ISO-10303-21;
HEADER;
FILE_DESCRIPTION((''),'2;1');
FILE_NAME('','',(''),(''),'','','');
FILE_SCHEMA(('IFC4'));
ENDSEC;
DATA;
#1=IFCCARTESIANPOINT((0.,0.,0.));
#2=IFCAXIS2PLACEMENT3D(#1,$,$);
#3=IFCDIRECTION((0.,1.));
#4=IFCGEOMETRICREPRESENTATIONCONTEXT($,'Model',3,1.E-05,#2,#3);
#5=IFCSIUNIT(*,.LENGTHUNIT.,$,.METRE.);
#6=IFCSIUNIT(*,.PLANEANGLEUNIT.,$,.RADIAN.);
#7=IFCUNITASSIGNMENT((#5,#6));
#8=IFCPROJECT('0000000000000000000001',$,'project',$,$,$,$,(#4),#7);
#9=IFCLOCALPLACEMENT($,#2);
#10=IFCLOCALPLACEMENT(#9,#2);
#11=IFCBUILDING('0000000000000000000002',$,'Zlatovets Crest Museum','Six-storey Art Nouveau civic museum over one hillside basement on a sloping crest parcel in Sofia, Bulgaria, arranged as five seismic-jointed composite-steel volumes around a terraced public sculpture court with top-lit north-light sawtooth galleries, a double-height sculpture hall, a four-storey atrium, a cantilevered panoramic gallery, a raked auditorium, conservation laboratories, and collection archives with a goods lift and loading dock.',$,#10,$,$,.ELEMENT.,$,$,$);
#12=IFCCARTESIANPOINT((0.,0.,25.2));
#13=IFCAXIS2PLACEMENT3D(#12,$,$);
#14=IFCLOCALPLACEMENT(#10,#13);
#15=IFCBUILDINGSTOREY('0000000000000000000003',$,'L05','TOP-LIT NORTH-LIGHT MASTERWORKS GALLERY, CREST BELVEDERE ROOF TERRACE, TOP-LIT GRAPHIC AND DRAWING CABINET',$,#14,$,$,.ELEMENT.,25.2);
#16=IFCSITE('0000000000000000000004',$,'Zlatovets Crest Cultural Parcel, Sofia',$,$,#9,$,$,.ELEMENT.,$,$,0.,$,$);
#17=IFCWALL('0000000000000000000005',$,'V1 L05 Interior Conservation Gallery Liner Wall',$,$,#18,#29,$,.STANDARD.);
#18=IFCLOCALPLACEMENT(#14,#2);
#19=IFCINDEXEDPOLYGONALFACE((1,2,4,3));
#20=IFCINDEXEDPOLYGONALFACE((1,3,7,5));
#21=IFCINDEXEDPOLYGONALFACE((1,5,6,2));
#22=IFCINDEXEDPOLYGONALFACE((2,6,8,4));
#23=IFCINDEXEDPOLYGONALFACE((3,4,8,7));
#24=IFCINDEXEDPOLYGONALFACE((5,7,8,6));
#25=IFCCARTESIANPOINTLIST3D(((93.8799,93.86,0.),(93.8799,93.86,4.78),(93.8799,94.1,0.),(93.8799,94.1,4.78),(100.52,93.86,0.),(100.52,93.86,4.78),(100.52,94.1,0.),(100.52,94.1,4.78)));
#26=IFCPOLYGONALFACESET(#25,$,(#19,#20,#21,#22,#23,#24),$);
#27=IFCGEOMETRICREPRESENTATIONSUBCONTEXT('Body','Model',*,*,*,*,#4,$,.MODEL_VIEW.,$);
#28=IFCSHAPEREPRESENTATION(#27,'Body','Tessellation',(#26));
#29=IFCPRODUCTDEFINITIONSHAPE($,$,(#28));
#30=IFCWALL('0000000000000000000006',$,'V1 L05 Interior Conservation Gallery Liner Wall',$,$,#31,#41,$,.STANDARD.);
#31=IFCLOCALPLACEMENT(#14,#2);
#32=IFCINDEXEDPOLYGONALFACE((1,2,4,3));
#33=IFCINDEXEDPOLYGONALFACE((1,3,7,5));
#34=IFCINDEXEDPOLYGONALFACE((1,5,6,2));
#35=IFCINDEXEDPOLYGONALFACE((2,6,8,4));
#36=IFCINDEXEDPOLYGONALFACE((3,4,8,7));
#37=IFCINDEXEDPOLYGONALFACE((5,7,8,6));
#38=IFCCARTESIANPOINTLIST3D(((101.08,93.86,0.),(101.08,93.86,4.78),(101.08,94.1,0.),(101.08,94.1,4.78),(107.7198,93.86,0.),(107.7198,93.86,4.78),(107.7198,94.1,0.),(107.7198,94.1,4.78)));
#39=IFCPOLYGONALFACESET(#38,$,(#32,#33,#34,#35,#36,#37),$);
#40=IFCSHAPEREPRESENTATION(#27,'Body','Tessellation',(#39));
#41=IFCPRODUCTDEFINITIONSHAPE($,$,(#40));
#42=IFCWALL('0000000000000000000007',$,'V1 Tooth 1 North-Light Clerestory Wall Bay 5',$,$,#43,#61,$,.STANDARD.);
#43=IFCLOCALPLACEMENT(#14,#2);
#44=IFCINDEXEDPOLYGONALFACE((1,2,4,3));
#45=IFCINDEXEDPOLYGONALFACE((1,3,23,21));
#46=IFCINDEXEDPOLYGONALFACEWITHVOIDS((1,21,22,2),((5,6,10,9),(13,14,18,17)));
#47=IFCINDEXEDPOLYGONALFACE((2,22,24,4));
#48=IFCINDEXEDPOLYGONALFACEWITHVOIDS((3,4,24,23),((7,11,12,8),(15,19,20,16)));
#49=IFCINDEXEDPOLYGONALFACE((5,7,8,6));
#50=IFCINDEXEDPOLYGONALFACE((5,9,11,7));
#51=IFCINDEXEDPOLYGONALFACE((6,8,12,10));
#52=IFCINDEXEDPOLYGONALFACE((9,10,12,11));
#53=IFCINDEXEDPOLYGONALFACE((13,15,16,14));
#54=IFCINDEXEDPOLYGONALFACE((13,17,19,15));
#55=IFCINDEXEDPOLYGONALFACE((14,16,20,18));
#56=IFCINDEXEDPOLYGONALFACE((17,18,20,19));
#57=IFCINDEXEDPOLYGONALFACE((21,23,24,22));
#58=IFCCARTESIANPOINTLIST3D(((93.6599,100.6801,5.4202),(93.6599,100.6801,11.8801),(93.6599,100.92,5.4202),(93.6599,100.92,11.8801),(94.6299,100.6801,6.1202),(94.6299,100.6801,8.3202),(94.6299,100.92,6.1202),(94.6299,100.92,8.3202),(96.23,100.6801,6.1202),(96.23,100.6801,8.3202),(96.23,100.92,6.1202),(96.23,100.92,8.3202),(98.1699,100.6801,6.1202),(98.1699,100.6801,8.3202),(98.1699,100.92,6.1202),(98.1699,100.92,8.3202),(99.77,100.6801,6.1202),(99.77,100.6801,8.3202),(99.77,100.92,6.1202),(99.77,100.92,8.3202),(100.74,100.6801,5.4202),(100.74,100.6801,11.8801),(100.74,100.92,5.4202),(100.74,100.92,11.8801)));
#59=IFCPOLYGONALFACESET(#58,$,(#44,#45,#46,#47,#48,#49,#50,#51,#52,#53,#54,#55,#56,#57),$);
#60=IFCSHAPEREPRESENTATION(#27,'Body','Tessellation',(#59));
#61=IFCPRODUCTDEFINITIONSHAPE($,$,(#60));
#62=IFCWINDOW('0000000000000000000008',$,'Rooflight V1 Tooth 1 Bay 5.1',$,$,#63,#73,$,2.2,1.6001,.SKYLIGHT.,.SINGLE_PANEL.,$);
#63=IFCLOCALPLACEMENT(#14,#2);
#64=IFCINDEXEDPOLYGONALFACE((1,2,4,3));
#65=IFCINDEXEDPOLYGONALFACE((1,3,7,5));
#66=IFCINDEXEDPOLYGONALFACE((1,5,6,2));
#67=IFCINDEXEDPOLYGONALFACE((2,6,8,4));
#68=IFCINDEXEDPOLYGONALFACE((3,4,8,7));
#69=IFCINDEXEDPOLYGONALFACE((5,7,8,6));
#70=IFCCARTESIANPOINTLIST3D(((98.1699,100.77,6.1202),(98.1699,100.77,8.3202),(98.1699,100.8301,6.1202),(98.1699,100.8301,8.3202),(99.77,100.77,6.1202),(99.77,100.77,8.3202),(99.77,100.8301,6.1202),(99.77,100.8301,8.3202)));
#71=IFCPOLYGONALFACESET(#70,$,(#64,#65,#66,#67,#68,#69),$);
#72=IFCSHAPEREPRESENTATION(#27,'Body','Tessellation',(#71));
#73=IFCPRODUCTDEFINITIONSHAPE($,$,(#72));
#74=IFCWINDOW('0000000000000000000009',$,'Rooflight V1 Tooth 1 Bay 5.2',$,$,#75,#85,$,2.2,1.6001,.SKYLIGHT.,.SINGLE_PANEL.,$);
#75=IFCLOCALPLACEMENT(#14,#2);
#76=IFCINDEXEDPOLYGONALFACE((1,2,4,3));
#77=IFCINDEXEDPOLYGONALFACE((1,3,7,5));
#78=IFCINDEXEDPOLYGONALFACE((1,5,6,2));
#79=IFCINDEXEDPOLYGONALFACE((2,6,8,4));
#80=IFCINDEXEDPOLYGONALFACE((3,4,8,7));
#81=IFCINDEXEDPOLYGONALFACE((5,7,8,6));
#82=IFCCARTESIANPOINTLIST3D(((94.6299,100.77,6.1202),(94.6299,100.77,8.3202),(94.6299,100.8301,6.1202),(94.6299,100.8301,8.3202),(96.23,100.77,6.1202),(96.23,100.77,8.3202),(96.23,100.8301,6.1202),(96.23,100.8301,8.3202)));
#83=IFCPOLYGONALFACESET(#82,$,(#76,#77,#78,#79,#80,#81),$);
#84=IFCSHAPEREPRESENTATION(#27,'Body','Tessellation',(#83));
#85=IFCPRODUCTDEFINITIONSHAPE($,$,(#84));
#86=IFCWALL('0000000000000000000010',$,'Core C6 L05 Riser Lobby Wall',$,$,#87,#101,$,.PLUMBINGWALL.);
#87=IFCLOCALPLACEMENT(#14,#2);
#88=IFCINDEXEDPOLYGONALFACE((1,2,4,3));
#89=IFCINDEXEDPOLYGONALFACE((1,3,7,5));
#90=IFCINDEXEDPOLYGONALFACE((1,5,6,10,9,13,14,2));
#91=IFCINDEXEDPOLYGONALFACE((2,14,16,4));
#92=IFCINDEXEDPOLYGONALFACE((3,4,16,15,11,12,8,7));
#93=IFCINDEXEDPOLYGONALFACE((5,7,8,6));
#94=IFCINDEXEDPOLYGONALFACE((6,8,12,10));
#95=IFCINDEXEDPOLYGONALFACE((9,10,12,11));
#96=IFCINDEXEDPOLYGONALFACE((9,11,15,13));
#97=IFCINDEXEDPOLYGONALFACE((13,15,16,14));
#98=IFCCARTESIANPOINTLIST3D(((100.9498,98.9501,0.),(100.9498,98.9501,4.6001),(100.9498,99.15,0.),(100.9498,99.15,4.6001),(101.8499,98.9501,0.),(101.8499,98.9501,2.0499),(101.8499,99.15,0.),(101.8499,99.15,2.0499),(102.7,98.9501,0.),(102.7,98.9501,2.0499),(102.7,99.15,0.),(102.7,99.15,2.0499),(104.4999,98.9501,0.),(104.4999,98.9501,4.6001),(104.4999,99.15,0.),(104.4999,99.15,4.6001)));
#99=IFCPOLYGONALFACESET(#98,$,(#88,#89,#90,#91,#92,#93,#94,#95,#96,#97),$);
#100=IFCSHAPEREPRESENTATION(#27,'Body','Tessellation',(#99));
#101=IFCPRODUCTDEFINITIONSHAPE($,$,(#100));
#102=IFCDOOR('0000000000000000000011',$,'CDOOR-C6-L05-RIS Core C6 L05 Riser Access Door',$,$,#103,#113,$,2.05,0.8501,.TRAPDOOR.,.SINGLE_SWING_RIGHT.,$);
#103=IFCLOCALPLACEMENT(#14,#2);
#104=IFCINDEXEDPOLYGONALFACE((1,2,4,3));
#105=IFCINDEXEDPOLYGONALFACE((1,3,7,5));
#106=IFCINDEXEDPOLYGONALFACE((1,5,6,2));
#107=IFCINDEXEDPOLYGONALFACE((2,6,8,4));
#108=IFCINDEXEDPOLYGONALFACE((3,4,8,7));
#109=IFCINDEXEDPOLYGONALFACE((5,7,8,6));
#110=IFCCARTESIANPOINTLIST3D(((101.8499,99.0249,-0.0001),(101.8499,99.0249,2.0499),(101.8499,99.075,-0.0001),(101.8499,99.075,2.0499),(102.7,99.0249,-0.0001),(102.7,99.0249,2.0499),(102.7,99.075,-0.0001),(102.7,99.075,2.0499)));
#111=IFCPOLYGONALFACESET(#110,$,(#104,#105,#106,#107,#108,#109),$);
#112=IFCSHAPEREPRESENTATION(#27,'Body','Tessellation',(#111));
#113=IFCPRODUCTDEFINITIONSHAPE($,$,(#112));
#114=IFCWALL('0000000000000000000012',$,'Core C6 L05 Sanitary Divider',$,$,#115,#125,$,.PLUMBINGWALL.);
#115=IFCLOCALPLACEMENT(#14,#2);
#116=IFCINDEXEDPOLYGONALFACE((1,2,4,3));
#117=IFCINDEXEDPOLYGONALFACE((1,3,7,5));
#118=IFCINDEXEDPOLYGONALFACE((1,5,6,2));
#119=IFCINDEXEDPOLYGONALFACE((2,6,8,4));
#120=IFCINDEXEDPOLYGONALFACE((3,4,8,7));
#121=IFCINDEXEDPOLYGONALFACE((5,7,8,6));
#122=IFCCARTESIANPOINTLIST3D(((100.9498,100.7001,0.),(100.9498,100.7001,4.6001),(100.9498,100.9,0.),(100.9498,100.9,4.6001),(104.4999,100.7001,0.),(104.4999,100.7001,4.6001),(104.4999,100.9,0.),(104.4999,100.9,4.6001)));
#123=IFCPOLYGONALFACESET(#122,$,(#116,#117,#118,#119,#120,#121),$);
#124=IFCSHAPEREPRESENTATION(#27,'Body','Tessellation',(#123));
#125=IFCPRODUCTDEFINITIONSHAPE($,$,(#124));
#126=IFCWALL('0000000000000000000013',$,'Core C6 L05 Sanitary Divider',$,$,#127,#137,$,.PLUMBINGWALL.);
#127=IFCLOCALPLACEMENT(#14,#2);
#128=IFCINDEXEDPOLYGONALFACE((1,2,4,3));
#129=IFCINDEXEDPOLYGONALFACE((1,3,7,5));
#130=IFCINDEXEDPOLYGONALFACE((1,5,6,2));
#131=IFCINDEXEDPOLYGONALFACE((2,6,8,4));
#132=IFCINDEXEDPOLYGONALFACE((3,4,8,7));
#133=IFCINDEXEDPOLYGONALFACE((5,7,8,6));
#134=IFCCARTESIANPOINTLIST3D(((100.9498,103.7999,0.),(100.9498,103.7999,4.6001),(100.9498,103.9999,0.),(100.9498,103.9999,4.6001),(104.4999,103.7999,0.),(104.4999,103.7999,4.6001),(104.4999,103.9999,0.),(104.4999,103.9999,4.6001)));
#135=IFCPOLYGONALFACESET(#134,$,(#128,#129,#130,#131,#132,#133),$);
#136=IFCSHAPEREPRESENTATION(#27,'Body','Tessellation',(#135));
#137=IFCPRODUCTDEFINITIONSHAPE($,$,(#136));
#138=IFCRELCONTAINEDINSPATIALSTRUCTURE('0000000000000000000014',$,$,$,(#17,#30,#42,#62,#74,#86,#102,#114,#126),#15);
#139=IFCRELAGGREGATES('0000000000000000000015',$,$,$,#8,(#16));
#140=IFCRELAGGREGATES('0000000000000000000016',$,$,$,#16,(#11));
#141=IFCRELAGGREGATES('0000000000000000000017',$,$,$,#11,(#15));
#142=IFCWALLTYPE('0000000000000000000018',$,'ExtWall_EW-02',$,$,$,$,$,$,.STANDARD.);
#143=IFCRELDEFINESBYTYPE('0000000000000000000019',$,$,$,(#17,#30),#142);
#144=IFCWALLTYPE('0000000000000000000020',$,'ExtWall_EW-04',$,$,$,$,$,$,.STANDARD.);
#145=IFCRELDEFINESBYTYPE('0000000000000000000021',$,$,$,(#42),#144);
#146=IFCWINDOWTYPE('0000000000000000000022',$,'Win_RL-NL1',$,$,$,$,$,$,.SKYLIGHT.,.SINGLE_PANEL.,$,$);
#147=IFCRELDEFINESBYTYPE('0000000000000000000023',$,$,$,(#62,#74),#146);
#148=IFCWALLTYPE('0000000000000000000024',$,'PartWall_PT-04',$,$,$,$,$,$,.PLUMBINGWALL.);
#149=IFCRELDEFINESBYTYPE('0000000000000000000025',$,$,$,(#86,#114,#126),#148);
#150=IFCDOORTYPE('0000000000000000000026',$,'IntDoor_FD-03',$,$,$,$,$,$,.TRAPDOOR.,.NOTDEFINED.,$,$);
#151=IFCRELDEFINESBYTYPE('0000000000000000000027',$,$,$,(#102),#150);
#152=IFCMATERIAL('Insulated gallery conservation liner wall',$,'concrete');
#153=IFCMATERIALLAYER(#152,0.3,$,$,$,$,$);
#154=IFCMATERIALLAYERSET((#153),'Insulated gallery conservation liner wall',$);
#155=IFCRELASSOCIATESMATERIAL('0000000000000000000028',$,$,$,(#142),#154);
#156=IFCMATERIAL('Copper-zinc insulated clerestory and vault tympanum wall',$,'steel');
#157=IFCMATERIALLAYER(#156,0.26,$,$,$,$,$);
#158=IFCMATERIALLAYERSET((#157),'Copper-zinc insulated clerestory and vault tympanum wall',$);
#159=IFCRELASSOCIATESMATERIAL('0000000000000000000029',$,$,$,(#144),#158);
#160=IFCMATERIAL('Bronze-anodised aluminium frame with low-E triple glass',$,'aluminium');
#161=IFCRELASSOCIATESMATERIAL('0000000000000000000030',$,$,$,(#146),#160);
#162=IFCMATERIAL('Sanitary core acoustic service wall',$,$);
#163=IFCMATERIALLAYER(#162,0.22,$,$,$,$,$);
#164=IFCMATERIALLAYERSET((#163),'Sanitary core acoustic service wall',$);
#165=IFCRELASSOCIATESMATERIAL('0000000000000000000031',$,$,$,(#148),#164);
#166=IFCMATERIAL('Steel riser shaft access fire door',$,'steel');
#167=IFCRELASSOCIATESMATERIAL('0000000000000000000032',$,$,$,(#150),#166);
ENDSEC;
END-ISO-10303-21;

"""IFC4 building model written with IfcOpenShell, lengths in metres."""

from ifc_helpers import new_model, si_unit, direction, frame, frame_2d, origin, place, context, subcontext, project, spatial, rectangle, extrude, material, layer, layer_set, type_object, element, fill, save


model = new_model("IFC4")

# Units and contexts
model_context = context("Model", 3, precision=1e-05, world=origin(), true_north=direction((0.0, 1.0)))
body_context = subcontext(model_context, "Body", "Model", "MODEL_VIEW")
ifc_project = project(units=[si_unit("LENGTHUNIT", "METRE"), si_unit("PLANEANGLEUNIT", "RADIAN")], contexts=[model_context])

# Site, building, storey
site_placement = place(None, origin())
site = spatial("IfcSite", under=ifc_project, at=site_placement, Name="Zlatovets Crest Cultural Parcel, Sofia", CompositionType="ELEMENT", RefElevation=0.0)
building_placement = place(site_placement, origin())
building = spatial("IfcBuilding", under=site, at=building_placement, Name="Zlatovets Crest Museum", Description="Six-storey Art Nouveau civic museum over one hillside basement on a sloping crest parcel in Sofia, Bulgaria, arranged as five seismic-jointed composite-steel volumes around a terraced public sculpture court with top-lit north-light sawtooth galleries, a double-height sculpture hall, a four-storey atrium, a cantilevered panoramic gallery, a raked auditorium, conservation laboratories, and collection archives with a goods lift and loading dock.", CompositionType="ELEMENT")
storey_placement = place(building_placement, frame((0.0, 0.0, 25.2)))
storey = spatial("IfcBuildingStorey", under=building, at=storey_placement, Name="L05", Description="TOP-LIT NORTH-LIGHT MASTERWORKS GALLERY, CREST BELVEDERE ROOF TERRACE, TOP-LIT GRAPHIC AND DRAWING CABINET", CompositionType="ELEMENT", Elevation=25.2)

# Walls
ifc_material_1 = material(Name="Insulated gallery conservation liner wall", Category="concrete")
ifc_layer_1 = layer(ifc_material_1, 0.3)
ifc_layer_set_1 = layer_set([ifc_layer_1], Name="Insulated gallery conservation liner wall")
wall_type_1 = type_object("IfcWallType", Name="ExtWall_EW-02", PredefinedType="STANDARD", material=ifc_layer_set_1)
wall_1_placement = place(storey_placement, frame((93.8799, 93.98, 0.0), z_axis=(0.0, 0.0, 1.0), x_axis=(1.0, 0.0, 0.0)))
element("IfcWall", 1, at=wall_1_placement, inside=storey, type_object=wall_type_1, Name="V1 L05 Interior Conservation Gallery Liner Wall", PredefinedType="STANDARD", context=body_context, shape_type="SweptSolid", body=[
    extrude(rectangle(XDim=6.6401, YDim=0.24, at=frame_2d((3.3201, 0.0))), origin(), (0.0, 0.0, 1.0), 4.78),
])
wall_2_placement = place(storey_placement, frame((101.0801, 93.98, 0.0), z_axis=(0.0, 0.0, 1.0), x_axis=(1.0, 0.0, 0.0)))
element("IfcWall", 2, at=wall_2_placement, inside=storey, type_object=wall_type_1, Name="V1 L05 Interior Conservation Gallery Liner Wall", PredefinedType="STANDARD", context=body_context, shape_type="SweptSolid", body=[
    extrude(rectangle(XDim=6.6399, YDim=0.24, at=frame_2d((3.3198, 0.0))), origin(), (0.0, 0.0, 1.0), 4.78),
])

# Wall, openings, windows
ifc_material_2 = material(Name="Copper-zinc insulated clerestory and vault tympanum wall", Category="steel")
ifc_layer_2 = layer(ifc_material_2, 0.26)
ifc_layer_set_2 = layer_set([ifc_layer_2], Name="Copper-zinc insulated clerestory and vault tympanum wall")
wall_type_2 = type_object("IfcWallType", Name="ExtWall_EW-04", PredefinedType="STANDARD", material=ifc_layer_set_2)
wall_3_placement = place(storey_placement, frame((100.74, 100.8, 5.4202), z_axis=(0.0, 0.0, 1.0), x_axis=(-1.0, 0.0, 0.0)))
wall_3 = element("IfcWall", 3, at=wall_3_placement, inside=storey, type_object=wall_type_2, Name="V1 Tooth 1 North-Light Clerestory Wall Bay 5", PredefinedType="STANDARD", context=body_context, shape_type="SweptSolid", body=[
    extrude(rectangle(XDim=7.0801, YDim=0.24, at=frame_2d((3.54, 0.0))), origin(), (0.0, 0.0, 1.0), 6.46),
])
opening_1_placement = place(wall_3_placement, frame((0.97, 0.0, 0.7)))
opening_1 = element("IfcOpeningElement", 4, at=opening_1_placement, cuts=wall_3, PredefinedType="OPENING", context=body_context, shape_type="SweptSolid", body=[
    extrude(rectangle(XDim=1.6001, YDim=2.2, at=frame_2d((0.8, 1.1001))), frame((0.0, 0.1299, 0.0), z_axis=(0.0, -1.0, 0.0), x_axis=(1.0, 0.0, 0.0)), (0.0, 0.0, 1.0), 0.26),
])
opening_2_placement = place(wall_3_placement, frame((4.51, 0.0, 0.7)))
opening_2 = element("IfcOpeningElement", 5, at=opening_2_placement, cuts=wall_3, PredefinedType="OPENING", context=body_context, shape_type="SweptSolid", body=[
    extrude(rectangle(XDim=1.6001, YDim=2.2, at=frame_2d((0.8, 1.1001))), frame((0.0, 0.1299, 0.0), z_axis=(0.0, -1.0, 0.0), x_axis=(1.0, 0.0, 0.0)), (0.0, 0.0, 1.0), 0.26),
])
ifc_material_3 = material(Name="Bronze-anodised aluminium frame with low-E triple glass", Category="aluminium")
window_type = type_object("IfcWindowType", Name="Win_RL-NL1", PartitioningType="SINGLE_PANEL", PredefinedType="SKYLIGHT", material=ifc_material_3)
window_1_placement = place(opening_1_placement, origin())
window_1 = element("IfcWindow", 6, at=window_1_placement, inside=storey, type_object=window_type, Name="Rooflight V1 Tooth 1 Bay 5.1", OverallHeight=2.2, OverallWidth=1.6001, PartitioningType="SINGLE_PANEL", PredefinedType="SKYLIGHT", context=body_context, shape_type="SweptSolid", body=[
    extrude(rectangle(XDim=1.6001, YDim=2.2, at=frame_2d((0.8, 1.1001))), frame((0.0, 0.03, 0.0), z_axis=(0.0, -1.0, 0.0), x_axis=(1.0, 0.0, 0.0)), (0.0, 0.0, 1.0), 0.0601),
])
fill(opening_1, window_1)
window_2_placement = place(opening_2_placement, origin())
window_2 = element("IfcWindow", 7, at=window_2_placement, inside=storey, type_object=window_type, Name="Rooflight V1 Tooth 1 Bay 5.2", OverallHeight=2.2, OverallWidth=1.6001, PartitioningType="SINGLE_PANEL", PredefinedType="SKYLIGHT", context=body_context, shape_type="SweptSolid", body=[
    extrude(rectangle(XDim=1.6001, YDim=2.2, at=frame_2d((0.8, 1.1001))), frame((0.0, 0.03, 0.0), z_axis=(0.0, -1.0, 0.0), x_axis=(1.0, 0.0, 0.0)), (0.0, 0.0, 1.0), 0.0601),
])
fill(opening_2, window_2)

# Wall, opening, door
ifc_material_4 = material(Name="Sanitary core acoustic service wall")
ifc_layer_3 = layer(ifc_material_4, 0.22)
ifc_layer_set_3 = layer_set([ifc_layer_3], Name="Sanitary core acoustic service wall")
wall_type_3 = type_object("IfcWallType", Name="PartWall_PT-04", PredefinedType="PLUMBINGWALL", material=ifc_layer_set_3)
wall_4_placement = place(storey_placement, frame((100.95, 99.05, 0.0), z_axis=(0.0, 0.0, 1.0), x_axis=(1.0, 0.0, 0.0)))
wall_4 = element("IfcWall", 8, at=wall_4_placement, inside=storey, type_object=wall_type_3, Name="Core C6 L05 Riser Lobby Wall", PredefinedType="PLUMBINGWALL", context=body_context, shape_type="SweptSolid", body=[
    extrude(rectangle(XDim=3.55, YDim=0.2, at=frame_2d((1.7749, 0.0))), origin(), (0.0, 0.0, 1.0), 4.6001),
])
opening_3_placement = place(wall_4_placement, frame((0.8999, 0.0, 0.0)))
opening_3 = element("IfcOpeningElement", 9, at=opening_3_placement, cuts=wall_4, PredefinedType="OPENING", context=body_context, shape_type="SweptSolid", body=[
    extrude(rectangle(XDim=0.8501, YDim=2.05, at=frame_2d((0.425, 1.0249))), frame((0.0, 0.1099, 0.0), z_axis=(0.0, -1.0, 0.0), x_axis=(1.0, 0.0, 0.0)), (0.0, 0.0, 1.0), 0.22),
])
ifc_material_5 = material(Name="Steel riser shaft access fire door", Category="steel")
door_type_1 = type_object("IfcDoorType", Name="IntDoor_FD-03", OperationType="NOTDEFINED", PredefinedType="TRAPDOOR", material=ifc_material_5)
door_1_placement = place(opening_3_placement, origin())
door_1 = element("IfcDoor", 10, at=door_1_placement, inside=storey, type_object=door_type_1, Name="CDOOR-C6-L05-RIS Core C6 L05 Riser Access Door", OperationType="SINGLE_SWING_RIGHT", OverallHeight=2.05, OverallWidth=0.8501, PredefinedType="TRAPDOOR", context=body_context, shape_type="SweptSolid", body=[
    extrude(rectangle(XDim=0.8501, YDim=2.05, at=frame_2d((0.425, 1.0249))), frame((0.0, 0.0249, 0.0), z_axis=(0.0, -1.0, 0.0), x_axis=(1.0, 0.0, 0.0)), (0.0, 0.0, 1.0), 0.05),
])
fill(opening_3, door_1)

# Walls
for number, where, z_axis, x_axis, name in (
    (11, (100.95, 100.8, 0.0), (0.0, 0.0, 1.0), (1.0, 0.0, 0.0), "Core C6 L05 Sanitary Divider"),
    (12, (100.95, 103.8999, 0.0), (0.0, 0.0, 1.0), (1.0, 0.0, 0.0), "Core C6 L05 Sanitary Divider"),
):
    element("IfcWall", number, at=place(storey_placement, frame(where, z_axis=z_axis, x_axis=x_axis)), inside=storey, type_object=wall_type_3, Name=name, PredefinedType="PLUMBINGWALL", context=body_context, shape_type="SweptSolid", body=[
        extrude(rectangle(XDim=3.55, YDim=0.2, at=frame_2d((1.7749, 0.0))), origin(), (0.0, 0.0, 1.0), 4.6001),
    ])

save(model, "model.ifc")
